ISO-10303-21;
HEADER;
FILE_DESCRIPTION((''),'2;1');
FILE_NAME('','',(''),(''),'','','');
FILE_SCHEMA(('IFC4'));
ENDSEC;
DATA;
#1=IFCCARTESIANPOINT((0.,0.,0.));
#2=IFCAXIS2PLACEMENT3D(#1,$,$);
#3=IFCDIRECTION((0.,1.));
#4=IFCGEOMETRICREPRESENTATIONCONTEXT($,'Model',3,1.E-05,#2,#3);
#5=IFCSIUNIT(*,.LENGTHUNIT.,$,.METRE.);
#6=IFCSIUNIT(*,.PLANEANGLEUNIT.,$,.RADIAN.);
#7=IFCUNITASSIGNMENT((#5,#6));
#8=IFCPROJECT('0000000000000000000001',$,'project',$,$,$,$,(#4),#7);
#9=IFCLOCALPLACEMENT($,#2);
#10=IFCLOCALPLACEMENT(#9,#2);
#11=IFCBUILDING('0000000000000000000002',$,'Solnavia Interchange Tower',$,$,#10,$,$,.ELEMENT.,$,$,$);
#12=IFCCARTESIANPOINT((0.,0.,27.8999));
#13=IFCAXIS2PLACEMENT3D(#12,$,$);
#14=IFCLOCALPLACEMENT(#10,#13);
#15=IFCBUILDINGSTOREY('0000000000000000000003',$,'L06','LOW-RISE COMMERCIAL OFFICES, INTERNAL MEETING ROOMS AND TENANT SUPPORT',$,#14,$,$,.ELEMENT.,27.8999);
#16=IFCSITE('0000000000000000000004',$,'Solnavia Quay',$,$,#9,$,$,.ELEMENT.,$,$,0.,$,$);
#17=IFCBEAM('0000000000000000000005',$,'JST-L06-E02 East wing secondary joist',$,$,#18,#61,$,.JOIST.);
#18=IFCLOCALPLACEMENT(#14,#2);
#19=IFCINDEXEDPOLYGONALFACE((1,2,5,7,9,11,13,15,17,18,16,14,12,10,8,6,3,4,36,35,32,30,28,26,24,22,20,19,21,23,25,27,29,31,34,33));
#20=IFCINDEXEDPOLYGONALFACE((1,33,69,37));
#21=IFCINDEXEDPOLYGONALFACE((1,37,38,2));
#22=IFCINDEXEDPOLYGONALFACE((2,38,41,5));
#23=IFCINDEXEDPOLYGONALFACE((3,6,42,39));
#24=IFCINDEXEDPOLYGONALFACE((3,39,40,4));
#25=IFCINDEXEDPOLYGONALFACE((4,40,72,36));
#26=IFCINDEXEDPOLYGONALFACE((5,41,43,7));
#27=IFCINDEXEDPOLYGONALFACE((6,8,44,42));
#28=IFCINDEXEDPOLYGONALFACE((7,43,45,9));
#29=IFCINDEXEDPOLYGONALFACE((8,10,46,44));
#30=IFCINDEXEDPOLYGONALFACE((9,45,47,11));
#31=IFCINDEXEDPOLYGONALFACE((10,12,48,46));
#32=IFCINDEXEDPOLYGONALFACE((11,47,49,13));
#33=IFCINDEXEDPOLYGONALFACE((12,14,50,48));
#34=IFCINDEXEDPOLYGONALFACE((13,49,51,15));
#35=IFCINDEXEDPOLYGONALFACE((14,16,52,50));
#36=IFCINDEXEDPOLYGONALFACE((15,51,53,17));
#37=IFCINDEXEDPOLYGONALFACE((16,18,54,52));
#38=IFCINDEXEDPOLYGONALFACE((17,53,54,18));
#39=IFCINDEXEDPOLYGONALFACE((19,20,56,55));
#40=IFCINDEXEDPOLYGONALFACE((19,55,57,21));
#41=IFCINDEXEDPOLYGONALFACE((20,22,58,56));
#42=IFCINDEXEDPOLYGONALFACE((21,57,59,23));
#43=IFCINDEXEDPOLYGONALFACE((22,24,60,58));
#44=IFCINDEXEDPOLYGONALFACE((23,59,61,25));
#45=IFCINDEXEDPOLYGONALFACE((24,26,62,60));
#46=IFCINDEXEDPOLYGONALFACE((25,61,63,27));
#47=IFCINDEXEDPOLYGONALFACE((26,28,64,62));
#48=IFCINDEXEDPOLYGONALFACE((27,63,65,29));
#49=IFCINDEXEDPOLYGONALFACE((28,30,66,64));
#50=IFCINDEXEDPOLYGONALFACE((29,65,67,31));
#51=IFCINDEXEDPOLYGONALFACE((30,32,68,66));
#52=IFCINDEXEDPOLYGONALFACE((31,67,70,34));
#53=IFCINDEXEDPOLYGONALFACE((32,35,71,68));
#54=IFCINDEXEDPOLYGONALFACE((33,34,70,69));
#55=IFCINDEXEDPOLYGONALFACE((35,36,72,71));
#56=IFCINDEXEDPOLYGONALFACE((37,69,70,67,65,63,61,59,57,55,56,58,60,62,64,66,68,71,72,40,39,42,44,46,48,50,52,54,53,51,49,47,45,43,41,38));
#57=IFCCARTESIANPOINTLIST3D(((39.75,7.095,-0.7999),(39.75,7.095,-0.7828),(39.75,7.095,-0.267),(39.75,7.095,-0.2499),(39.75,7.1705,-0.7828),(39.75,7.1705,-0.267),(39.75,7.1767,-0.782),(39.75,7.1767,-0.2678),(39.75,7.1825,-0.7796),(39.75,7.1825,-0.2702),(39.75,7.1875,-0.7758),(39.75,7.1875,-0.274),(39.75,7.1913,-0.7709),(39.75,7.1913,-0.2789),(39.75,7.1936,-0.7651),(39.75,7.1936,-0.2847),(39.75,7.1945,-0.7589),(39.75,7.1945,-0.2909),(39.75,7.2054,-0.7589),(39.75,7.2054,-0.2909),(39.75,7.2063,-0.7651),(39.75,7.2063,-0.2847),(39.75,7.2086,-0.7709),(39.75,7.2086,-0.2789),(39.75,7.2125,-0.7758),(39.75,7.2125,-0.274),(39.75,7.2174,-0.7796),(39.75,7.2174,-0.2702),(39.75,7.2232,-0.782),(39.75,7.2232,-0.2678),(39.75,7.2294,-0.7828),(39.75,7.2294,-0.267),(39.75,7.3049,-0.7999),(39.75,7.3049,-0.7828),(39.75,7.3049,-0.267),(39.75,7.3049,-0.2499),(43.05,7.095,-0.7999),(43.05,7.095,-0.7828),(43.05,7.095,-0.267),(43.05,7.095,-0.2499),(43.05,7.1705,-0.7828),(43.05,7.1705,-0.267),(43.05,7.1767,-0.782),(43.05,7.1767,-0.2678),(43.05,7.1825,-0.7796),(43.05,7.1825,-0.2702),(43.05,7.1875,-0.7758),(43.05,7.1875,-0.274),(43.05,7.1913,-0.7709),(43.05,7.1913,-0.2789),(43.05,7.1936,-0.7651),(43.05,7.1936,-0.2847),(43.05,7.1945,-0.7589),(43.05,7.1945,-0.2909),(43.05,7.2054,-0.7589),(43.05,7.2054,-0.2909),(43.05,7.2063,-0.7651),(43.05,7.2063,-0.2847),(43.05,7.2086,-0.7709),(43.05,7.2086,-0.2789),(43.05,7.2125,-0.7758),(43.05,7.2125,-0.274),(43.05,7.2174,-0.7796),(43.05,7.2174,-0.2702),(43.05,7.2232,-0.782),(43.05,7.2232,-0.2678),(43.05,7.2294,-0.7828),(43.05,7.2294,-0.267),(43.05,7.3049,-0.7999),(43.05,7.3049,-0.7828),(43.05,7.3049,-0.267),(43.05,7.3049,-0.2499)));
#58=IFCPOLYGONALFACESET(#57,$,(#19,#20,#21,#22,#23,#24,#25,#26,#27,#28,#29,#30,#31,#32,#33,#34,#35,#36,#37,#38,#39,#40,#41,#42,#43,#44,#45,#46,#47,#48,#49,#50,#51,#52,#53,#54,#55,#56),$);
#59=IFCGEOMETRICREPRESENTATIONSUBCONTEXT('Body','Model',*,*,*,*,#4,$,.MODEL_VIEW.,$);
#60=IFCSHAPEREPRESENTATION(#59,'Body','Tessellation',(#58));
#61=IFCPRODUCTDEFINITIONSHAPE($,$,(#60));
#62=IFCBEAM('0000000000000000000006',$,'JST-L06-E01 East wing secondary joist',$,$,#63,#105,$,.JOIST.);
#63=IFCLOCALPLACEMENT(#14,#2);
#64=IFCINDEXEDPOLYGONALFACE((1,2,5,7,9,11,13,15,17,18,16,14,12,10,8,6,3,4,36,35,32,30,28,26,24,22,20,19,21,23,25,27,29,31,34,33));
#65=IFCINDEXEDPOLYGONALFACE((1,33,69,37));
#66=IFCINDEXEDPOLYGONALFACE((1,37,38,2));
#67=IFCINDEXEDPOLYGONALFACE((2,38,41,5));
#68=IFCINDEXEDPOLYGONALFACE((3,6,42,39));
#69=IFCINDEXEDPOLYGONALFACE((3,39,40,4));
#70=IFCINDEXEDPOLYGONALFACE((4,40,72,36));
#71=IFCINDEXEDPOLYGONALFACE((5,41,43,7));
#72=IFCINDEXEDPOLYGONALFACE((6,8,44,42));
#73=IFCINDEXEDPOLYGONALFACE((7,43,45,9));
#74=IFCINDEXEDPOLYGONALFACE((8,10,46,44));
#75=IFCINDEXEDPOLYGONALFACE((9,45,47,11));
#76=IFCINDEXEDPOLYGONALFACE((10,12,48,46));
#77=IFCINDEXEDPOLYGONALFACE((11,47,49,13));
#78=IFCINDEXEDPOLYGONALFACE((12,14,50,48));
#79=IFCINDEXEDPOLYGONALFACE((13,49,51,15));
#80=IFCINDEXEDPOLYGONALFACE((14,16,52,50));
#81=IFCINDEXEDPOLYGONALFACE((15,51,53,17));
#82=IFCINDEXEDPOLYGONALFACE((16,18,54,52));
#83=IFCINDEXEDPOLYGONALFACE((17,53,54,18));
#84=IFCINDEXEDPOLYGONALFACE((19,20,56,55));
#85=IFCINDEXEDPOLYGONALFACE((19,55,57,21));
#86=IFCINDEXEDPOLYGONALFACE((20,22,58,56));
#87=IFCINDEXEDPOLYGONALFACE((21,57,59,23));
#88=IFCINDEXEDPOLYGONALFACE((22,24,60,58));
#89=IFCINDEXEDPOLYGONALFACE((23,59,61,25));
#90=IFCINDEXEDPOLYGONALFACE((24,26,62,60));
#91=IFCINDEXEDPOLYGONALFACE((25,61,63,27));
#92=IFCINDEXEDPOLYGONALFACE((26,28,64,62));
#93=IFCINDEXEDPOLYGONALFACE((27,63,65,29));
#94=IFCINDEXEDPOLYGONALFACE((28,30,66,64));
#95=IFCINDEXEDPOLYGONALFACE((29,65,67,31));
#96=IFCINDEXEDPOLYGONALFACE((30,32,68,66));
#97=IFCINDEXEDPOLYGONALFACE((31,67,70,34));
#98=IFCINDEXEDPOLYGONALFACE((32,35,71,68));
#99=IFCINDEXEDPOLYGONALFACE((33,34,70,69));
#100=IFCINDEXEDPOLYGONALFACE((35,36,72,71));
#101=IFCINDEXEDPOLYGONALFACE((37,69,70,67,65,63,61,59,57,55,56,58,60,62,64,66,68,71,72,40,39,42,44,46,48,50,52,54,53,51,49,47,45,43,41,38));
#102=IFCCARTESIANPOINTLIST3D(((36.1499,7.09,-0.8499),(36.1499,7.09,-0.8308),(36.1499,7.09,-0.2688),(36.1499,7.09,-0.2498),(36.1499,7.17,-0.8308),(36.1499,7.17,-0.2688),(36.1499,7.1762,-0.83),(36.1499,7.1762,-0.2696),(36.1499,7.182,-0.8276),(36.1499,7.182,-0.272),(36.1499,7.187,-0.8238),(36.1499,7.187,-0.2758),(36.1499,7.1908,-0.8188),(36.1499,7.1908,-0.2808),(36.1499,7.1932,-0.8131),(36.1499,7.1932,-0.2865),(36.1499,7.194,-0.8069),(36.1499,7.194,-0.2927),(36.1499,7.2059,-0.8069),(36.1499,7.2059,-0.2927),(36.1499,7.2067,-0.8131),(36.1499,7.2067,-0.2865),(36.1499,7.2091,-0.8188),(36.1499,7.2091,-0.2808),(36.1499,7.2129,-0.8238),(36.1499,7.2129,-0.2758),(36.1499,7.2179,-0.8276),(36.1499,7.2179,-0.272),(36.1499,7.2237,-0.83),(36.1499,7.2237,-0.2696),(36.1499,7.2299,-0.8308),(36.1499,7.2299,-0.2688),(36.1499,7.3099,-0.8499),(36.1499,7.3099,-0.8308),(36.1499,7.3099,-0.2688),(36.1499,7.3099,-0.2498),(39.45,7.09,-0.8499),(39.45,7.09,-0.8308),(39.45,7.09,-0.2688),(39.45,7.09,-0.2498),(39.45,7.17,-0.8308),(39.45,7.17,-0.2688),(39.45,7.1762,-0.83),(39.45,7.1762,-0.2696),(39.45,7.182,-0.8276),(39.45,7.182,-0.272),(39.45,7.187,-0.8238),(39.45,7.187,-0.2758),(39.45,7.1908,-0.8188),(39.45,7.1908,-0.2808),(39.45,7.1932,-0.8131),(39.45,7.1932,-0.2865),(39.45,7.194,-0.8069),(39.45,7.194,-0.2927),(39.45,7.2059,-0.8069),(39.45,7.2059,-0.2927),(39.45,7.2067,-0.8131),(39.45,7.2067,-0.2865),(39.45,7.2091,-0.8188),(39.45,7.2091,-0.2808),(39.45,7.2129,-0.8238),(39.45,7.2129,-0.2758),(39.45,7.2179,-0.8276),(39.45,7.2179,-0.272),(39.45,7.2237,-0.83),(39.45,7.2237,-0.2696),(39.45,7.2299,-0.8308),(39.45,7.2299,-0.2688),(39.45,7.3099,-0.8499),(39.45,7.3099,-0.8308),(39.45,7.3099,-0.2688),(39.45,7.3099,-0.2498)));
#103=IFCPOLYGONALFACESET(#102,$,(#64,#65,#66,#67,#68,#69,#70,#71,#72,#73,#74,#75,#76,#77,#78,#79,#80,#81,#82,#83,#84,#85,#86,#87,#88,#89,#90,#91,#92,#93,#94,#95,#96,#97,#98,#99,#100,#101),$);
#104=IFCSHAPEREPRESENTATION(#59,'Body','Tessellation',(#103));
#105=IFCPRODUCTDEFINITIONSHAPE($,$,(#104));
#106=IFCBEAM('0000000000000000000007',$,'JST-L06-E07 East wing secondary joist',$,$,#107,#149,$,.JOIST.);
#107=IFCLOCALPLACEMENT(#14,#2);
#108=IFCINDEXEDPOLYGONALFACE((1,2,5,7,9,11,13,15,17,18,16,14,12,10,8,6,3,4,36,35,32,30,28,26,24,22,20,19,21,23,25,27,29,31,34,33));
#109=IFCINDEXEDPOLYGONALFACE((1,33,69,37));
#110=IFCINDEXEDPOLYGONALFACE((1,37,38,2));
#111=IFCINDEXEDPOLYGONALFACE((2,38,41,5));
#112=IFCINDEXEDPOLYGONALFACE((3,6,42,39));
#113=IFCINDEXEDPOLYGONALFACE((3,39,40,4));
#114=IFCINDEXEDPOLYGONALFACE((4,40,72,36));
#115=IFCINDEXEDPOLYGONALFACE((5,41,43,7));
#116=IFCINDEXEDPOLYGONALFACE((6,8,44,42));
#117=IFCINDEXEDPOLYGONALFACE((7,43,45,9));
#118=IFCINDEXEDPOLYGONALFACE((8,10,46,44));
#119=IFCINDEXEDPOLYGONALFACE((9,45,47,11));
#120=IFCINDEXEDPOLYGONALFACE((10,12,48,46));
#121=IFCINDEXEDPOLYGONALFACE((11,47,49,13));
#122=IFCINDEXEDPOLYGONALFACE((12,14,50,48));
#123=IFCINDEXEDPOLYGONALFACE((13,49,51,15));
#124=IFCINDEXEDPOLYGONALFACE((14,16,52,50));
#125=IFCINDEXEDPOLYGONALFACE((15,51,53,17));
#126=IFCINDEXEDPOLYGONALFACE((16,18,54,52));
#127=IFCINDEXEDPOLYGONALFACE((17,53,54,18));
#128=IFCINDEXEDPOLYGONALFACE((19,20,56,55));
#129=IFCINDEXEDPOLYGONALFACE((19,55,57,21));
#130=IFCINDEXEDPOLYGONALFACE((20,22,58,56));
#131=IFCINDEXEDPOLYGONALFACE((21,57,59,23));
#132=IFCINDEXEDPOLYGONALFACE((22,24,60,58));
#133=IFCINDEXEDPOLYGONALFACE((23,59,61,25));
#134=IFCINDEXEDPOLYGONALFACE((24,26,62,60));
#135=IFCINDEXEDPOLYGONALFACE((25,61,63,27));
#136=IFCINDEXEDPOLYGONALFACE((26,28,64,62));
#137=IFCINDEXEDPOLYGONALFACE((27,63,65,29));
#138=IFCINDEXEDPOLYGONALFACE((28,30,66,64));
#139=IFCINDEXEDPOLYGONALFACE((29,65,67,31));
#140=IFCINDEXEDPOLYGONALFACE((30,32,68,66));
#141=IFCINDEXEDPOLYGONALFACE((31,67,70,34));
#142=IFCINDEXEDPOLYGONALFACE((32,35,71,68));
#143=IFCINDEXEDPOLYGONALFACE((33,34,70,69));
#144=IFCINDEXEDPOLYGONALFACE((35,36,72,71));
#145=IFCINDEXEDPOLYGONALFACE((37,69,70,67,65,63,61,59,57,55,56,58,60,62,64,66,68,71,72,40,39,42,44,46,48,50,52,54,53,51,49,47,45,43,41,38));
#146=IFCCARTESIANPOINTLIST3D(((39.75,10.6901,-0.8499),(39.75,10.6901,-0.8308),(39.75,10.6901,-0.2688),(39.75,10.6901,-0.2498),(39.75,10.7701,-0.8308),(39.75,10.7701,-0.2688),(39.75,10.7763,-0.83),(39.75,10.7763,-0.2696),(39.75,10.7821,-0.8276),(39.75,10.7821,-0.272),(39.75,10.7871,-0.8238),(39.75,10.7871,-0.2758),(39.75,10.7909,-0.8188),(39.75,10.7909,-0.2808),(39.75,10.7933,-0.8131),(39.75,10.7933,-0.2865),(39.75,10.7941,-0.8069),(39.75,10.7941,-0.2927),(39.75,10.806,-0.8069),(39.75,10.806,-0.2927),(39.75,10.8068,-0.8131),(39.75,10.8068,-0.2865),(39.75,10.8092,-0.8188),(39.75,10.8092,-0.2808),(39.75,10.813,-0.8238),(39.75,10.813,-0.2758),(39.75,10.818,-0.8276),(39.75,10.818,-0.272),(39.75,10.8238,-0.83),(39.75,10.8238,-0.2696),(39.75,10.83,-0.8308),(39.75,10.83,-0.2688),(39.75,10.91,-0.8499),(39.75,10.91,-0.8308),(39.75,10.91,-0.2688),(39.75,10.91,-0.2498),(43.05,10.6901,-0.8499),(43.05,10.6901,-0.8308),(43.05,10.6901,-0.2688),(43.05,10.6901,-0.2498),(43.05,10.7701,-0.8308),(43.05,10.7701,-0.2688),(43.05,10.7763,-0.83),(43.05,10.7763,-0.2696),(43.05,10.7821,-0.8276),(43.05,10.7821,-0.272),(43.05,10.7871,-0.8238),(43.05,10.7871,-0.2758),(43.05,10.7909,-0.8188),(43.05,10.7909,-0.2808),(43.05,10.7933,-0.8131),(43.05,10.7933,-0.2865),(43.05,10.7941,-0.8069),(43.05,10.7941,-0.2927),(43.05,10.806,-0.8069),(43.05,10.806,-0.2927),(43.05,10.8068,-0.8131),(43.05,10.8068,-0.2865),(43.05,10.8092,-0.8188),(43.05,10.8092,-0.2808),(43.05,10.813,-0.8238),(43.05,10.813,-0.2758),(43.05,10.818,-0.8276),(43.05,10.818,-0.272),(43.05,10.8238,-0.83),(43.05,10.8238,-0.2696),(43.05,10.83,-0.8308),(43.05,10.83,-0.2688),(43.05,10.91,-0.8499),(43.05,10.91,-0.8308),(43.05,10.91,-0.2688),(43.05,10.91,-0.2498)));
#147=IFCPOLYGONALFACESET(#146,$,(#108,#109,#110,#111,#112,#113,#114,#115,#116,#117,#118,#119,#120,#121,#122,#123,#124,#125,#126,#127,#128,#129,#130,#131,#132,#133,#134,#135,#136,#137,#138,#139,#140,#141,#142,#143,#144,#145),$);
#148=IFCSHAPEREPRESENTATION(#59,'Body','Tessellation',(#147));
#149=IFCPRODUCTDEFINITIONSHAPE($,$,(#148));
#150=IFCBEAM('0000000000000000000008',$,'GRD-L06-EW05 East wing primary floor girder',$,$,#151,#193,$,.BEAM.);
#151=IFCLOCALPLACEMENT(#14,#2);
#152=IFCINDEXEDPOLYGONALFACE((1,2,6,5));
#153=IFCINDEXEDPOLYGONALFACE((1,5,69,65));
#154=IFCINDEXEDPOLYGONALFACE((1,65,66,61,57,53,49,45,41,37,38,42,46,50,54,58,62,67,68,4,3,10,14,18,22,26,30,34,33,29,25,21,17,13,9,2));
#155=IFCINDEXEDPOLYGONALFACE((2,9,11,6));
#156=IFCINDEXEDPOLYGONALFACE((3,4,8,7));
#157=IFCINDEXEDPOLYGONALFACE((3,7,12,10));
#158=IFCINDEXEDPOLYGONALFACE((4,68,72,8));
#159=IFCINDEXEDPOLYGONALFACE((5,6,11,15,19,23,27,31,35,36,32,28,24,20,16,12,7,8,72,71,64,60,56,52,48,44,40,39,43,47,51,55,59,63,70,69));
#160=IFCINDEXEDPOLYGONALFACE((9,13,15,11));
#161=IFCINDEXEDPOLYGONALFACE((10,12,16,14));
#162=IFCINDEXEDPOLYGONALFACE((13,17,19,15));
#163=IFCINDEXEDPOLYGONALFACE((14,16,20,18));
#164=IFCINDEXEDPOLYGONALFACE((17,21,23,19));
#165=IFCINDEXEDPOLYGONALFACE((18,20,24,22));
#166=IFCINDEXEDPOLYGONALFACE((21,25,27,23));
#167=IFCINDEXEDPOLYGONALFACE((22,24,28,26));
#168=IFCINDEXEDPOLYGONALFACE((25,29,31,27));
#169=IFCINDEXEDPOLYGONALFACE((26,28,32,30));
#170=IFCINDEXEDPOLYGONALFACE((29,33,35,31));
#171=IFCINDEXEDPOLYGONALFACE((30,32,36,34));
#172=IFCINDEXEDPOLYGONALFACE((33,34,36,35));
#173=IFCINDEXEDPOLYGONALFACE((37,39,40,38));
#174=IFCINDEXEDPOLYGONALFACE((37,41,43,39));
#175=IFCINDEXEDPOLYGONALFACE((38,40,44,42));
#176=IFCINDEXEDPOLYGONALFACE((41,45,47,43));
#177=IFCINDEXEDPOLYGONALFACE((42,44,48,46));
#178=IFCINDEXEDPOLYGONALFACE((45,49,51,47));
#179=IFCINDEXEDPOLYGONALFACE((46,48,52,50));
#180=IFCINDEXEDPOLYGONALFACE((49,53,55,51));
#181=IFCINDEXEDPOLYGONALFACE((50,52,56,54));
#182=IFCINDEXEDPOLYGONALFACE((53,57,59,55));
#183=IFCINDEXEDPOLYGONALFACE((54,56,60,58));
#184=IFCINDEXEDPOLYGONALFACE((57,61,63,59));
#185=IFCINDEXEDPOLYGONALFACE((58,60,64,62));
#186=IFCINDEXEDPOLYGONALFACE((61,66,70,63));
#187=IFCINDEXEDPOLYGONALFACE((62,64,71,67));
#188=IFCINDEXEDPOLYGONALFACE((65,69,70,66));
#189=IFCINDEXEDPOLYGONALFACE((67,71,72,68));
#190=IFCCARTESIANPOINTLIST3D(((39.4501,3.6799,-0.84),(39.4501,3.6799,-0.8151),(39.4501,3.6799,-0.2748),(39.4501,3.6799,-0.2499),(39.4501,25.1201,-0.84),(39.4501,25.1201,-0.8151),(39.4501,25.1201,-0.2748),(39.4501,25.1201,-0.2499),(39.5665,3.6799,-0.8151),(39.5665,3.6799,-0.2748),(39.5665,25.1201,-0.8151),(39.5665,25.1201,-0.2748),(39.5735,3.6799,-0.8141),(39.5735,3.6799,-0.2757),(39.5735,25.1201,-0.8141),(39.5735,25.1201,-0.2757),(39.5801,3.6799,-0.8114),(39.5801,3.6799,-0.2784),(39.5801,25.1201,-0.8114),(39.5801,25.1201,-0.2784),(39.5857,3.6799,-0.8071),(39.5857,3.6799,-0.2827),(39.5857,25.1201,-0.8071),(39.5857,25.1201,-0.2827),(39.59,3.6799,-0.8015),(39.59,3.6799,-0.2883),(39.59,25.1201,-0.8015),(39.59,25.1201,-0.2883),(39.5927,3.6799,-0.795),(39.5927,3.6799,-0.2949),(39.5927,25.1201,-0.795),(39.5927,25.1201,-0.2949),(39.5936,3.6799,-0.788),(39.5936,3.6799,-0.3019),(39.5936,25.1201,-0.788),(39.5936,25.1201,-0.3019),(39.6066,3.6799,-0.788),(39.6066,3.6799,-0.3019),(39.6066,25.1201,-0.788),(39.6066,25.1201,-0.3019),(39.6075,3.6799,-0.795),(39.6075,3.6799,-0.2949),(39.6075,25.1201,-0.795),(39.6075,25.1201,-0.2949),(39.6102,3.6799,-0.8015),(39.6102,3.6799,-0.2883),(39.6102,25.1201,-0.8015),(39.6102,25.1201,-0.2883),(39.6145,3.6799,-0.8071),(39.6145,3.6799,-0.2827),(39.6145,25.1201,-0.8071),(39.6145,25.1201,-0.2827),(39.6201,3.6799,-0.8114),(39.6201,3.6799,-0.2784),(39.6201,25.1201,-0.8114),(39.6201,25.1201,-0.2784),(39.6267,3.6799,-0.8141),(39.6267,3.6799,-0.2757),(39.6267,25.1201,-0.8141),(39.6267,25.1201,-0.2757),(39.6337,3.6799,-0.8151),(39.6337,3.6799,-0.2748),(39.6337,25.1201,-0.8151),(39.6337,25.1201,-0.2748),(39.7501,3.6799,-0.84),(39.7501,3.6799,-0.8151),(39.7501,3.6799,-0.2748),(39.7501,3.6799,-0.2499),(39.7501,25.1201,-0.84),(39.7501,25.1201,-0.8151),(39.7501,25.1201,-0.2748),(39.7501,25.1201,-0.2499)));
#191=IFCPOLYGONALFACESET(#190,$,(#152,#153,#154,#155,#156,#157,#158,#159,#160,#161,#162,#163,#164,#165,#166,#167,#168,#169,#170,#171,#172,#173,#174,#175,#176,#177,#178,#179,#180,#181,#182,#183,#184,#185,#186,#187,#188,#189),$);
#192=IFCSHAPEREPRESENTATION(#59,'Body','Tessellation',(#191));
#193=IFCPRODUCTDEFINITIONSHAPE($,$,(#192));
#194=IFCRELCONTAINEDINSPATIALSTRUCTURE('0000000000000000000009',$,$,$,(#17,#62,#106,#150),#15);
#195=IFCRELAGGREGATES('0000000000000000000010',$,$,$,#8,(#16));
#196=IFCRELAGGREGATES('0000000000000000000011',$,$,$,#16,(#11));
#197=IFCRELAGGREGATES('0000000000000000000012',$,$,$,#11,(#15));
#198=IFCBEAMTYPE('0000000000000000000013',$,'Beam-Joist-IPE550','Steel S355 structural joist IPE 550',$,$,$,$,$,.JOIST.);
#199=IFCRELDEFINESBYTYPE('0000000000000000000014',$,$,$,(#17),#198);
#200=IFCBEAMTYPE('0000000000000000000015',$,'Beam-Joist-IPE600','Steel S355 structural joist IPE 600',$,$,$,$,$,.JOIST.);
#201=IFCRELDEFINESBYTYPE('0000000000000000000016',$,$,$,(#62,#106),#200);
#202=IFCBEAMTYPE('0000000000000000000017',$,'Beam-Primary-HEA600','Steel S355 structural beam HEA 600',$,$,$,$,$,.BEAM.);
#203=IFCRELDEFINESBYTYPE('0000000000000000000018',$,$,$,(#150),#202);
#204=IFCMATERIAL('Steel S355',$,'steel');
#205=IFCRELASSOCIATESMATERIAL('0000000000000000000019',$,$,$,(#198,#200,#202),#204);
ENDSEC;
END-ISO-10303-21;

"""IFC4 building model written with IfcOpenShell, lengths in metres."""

from ifc_helpers import new_model, si_unit, direction, frame, origin, origin_2d, place, context, subcontext, project, spatial, i_section, extrude, material, material_profile, profile_set, type_object, element, save


model = new_model("IFC4")

# Units and contexts
model_context = context("Model", 3, precision=1e-05, world=origin(), true_north=direction((0.0, 1.0)))
body_context = subcontext(model_context, "Body", "Model", "MODEL_VIEW")
ifc_project = project(units=[si_unit("LENGTHUNIT", "METRE"), si_unit("PLANEANGLEUNIT", "RADIAN")], contexts=[model_context])

# Site, building, storey
site_placement = place(None, origin())
site = spatial("IfcSite", under=ifc_project, at=site_placement, Name="Solnavia Quay", CompositionType="ELEMENT", RefElevation=0.0)
building_placement = place(site_placement, origin())
building = spatial("IfcBuilding", under=site, at=building_placement, Name="Solnavia Interchange Tower", CompositionType="ELEMENT")
storey_placement = place(building_placement, frame((0.0, 0.0, 27.8999)))
storey = spatial("IfcBuildingStorey", under=building, at=storey_placement, Name="L06", Description="LOW-RISE COMMERCIAL OFFICES, INTERNAL MEETING ROOMS AND TENANT SUPPORT", CompositionType="ELEMENT", Elevation=27.8999)

# Beams
ifc_material_1 = material(Name="Steel S355", Category="steel")
ifc_material_profile_1 = material_profile(ifc_material_1, i_section(OverallWidth=0.21, OverallDepth=0.55, WebThickness=0.011, FlangeThickness=0.0171, FilletRadius=0.0239, at=origin_2d()), Name="IPE 550")
ifc_profile_set_1 = profile_set([ifc_material_profile_1], Name="Steel S355")
beam_type_1 = type_object("IfcBeamType", Name="Beam-Joist-IPE550", Description="Steel S355 structural joist IPE 550", PredefinedType="JOIST", material=ifc_profile_set_1)
beam_1_placement = place(storey_placement, frame((39.75, 7.2, -0.5249), z_axis=(1.0, 0.0, 0.0), x_axis=(0.0, 1.0, 0.0)))
element("IfcBeam", 1, at=beam_1_placement, inside=storey, type_object=beam_type_1, Name="JST-L06-E02 East wing secondary joist", PredefinedType="JOIST", context=body_context, shape_type="SweptSolid", body=[
    extrude(i_section(OverallWidth=0.21, OverallDepth=0.55, WebThickness=0.011, FlangeThickness=0.0171, FilletRadius=0.0239, at=origin_2d()), origin(), (0.0, 0.0, 1.0), 3.3),
])
ifc_material_profile_2 = material_profile(ifc_material_1, i_section(OverallWidth=0.22, OverallDepth=0.6001, WebThickness=0.012, FlangeThickness=0.019, FilletRadius=0.0239, at=origin_2d()), Name="IPE 600")
ifc_profile_set_2 = profile_set([ifc_material_profile_2], Name="Steel S355")
beam_type_2 = type_object("IfcBeamType", Name="Beam-Joist-IPE600", Description="Steel S355 structural joist IPE 600", PredefinedType="JOIST", material=ifc_profile_set_2)
for number, where, z_axis, x_axis, name in (
    (2, (36.1499, 7.2, -0.5498), (1.0, 0.0, 0.0), (0.0, 1.0, 0.0), "JST-L06-E01 East wing secondary joist"),
    (3, (39.75, 10.8, -0.5498), (1.0, 0.0, 0.0), (0.0, 1.0, 0.0), "JST-L06-E07 East wing secondary joist"),
):
    element("IfcBeam", number, at=place(storey_placement, frame(where, z_axis=z_axis, x_axis=x_axis)), inside=storey, type_object=beam_type_2, Name=name, PredefinedType="JOIST", context=body_context, shape_type="SweptSolid", body=[
        extrude(i_section(OverallWidth=0.22, OverallDepth=0.6001, WebThickness=0.012, FlangeThickness=0.019, FilletRadius=0.0239, at=origin_2d()), origin(), (0.0, 0.0, 1.0), 3.3),
    ])
ifc_material_profile_3 = material_profile(ifc_material_1, i_section(OverallWidth=0.3, OverallDepth=0.5901, WebThickness=0.0129, FlangeThickness=0.0249, FilletRadius=0.0271, at=origin_2d()), Name="HEA 600")
ifc_profile_set_3 = profile_set([ifc_material_profile_3], Name="Steel S355")
beam_type_3 = type_object("IfcBeamType", Name="Beam-Primary-HEA600", Description="Steel S355 structural beam HEA 600", PredefinedType="BEAM", material=ifc_profile_set_3)
beam_2_placement = place(storey_placement, frame((39.6001, 3.6799, -0.5449), z_axis=(0.0, 1.0, 0.0), x_axis=(-1.0, 0.0, 0.0)))
element("IfcBeam", 4, at=beam_2_placement, inside=storey, type_object=beam_type_3, Name="GRD-L06-EW05 East wing primary floor girder", PredefinedType="BEAM", context=body_context, shape_type="SweptSolid", body=[
    extrude(i_section(OverallWidth=0.3, OverallDepth=0.5901, WebThickness=0.0129, FlangeThickness=0.0249, FilletRadius=0.0271, at=origin_2d()), origin(), (0.0, 0.0, 1.0), 21.4402),
])

save(model, "model.ifc")
